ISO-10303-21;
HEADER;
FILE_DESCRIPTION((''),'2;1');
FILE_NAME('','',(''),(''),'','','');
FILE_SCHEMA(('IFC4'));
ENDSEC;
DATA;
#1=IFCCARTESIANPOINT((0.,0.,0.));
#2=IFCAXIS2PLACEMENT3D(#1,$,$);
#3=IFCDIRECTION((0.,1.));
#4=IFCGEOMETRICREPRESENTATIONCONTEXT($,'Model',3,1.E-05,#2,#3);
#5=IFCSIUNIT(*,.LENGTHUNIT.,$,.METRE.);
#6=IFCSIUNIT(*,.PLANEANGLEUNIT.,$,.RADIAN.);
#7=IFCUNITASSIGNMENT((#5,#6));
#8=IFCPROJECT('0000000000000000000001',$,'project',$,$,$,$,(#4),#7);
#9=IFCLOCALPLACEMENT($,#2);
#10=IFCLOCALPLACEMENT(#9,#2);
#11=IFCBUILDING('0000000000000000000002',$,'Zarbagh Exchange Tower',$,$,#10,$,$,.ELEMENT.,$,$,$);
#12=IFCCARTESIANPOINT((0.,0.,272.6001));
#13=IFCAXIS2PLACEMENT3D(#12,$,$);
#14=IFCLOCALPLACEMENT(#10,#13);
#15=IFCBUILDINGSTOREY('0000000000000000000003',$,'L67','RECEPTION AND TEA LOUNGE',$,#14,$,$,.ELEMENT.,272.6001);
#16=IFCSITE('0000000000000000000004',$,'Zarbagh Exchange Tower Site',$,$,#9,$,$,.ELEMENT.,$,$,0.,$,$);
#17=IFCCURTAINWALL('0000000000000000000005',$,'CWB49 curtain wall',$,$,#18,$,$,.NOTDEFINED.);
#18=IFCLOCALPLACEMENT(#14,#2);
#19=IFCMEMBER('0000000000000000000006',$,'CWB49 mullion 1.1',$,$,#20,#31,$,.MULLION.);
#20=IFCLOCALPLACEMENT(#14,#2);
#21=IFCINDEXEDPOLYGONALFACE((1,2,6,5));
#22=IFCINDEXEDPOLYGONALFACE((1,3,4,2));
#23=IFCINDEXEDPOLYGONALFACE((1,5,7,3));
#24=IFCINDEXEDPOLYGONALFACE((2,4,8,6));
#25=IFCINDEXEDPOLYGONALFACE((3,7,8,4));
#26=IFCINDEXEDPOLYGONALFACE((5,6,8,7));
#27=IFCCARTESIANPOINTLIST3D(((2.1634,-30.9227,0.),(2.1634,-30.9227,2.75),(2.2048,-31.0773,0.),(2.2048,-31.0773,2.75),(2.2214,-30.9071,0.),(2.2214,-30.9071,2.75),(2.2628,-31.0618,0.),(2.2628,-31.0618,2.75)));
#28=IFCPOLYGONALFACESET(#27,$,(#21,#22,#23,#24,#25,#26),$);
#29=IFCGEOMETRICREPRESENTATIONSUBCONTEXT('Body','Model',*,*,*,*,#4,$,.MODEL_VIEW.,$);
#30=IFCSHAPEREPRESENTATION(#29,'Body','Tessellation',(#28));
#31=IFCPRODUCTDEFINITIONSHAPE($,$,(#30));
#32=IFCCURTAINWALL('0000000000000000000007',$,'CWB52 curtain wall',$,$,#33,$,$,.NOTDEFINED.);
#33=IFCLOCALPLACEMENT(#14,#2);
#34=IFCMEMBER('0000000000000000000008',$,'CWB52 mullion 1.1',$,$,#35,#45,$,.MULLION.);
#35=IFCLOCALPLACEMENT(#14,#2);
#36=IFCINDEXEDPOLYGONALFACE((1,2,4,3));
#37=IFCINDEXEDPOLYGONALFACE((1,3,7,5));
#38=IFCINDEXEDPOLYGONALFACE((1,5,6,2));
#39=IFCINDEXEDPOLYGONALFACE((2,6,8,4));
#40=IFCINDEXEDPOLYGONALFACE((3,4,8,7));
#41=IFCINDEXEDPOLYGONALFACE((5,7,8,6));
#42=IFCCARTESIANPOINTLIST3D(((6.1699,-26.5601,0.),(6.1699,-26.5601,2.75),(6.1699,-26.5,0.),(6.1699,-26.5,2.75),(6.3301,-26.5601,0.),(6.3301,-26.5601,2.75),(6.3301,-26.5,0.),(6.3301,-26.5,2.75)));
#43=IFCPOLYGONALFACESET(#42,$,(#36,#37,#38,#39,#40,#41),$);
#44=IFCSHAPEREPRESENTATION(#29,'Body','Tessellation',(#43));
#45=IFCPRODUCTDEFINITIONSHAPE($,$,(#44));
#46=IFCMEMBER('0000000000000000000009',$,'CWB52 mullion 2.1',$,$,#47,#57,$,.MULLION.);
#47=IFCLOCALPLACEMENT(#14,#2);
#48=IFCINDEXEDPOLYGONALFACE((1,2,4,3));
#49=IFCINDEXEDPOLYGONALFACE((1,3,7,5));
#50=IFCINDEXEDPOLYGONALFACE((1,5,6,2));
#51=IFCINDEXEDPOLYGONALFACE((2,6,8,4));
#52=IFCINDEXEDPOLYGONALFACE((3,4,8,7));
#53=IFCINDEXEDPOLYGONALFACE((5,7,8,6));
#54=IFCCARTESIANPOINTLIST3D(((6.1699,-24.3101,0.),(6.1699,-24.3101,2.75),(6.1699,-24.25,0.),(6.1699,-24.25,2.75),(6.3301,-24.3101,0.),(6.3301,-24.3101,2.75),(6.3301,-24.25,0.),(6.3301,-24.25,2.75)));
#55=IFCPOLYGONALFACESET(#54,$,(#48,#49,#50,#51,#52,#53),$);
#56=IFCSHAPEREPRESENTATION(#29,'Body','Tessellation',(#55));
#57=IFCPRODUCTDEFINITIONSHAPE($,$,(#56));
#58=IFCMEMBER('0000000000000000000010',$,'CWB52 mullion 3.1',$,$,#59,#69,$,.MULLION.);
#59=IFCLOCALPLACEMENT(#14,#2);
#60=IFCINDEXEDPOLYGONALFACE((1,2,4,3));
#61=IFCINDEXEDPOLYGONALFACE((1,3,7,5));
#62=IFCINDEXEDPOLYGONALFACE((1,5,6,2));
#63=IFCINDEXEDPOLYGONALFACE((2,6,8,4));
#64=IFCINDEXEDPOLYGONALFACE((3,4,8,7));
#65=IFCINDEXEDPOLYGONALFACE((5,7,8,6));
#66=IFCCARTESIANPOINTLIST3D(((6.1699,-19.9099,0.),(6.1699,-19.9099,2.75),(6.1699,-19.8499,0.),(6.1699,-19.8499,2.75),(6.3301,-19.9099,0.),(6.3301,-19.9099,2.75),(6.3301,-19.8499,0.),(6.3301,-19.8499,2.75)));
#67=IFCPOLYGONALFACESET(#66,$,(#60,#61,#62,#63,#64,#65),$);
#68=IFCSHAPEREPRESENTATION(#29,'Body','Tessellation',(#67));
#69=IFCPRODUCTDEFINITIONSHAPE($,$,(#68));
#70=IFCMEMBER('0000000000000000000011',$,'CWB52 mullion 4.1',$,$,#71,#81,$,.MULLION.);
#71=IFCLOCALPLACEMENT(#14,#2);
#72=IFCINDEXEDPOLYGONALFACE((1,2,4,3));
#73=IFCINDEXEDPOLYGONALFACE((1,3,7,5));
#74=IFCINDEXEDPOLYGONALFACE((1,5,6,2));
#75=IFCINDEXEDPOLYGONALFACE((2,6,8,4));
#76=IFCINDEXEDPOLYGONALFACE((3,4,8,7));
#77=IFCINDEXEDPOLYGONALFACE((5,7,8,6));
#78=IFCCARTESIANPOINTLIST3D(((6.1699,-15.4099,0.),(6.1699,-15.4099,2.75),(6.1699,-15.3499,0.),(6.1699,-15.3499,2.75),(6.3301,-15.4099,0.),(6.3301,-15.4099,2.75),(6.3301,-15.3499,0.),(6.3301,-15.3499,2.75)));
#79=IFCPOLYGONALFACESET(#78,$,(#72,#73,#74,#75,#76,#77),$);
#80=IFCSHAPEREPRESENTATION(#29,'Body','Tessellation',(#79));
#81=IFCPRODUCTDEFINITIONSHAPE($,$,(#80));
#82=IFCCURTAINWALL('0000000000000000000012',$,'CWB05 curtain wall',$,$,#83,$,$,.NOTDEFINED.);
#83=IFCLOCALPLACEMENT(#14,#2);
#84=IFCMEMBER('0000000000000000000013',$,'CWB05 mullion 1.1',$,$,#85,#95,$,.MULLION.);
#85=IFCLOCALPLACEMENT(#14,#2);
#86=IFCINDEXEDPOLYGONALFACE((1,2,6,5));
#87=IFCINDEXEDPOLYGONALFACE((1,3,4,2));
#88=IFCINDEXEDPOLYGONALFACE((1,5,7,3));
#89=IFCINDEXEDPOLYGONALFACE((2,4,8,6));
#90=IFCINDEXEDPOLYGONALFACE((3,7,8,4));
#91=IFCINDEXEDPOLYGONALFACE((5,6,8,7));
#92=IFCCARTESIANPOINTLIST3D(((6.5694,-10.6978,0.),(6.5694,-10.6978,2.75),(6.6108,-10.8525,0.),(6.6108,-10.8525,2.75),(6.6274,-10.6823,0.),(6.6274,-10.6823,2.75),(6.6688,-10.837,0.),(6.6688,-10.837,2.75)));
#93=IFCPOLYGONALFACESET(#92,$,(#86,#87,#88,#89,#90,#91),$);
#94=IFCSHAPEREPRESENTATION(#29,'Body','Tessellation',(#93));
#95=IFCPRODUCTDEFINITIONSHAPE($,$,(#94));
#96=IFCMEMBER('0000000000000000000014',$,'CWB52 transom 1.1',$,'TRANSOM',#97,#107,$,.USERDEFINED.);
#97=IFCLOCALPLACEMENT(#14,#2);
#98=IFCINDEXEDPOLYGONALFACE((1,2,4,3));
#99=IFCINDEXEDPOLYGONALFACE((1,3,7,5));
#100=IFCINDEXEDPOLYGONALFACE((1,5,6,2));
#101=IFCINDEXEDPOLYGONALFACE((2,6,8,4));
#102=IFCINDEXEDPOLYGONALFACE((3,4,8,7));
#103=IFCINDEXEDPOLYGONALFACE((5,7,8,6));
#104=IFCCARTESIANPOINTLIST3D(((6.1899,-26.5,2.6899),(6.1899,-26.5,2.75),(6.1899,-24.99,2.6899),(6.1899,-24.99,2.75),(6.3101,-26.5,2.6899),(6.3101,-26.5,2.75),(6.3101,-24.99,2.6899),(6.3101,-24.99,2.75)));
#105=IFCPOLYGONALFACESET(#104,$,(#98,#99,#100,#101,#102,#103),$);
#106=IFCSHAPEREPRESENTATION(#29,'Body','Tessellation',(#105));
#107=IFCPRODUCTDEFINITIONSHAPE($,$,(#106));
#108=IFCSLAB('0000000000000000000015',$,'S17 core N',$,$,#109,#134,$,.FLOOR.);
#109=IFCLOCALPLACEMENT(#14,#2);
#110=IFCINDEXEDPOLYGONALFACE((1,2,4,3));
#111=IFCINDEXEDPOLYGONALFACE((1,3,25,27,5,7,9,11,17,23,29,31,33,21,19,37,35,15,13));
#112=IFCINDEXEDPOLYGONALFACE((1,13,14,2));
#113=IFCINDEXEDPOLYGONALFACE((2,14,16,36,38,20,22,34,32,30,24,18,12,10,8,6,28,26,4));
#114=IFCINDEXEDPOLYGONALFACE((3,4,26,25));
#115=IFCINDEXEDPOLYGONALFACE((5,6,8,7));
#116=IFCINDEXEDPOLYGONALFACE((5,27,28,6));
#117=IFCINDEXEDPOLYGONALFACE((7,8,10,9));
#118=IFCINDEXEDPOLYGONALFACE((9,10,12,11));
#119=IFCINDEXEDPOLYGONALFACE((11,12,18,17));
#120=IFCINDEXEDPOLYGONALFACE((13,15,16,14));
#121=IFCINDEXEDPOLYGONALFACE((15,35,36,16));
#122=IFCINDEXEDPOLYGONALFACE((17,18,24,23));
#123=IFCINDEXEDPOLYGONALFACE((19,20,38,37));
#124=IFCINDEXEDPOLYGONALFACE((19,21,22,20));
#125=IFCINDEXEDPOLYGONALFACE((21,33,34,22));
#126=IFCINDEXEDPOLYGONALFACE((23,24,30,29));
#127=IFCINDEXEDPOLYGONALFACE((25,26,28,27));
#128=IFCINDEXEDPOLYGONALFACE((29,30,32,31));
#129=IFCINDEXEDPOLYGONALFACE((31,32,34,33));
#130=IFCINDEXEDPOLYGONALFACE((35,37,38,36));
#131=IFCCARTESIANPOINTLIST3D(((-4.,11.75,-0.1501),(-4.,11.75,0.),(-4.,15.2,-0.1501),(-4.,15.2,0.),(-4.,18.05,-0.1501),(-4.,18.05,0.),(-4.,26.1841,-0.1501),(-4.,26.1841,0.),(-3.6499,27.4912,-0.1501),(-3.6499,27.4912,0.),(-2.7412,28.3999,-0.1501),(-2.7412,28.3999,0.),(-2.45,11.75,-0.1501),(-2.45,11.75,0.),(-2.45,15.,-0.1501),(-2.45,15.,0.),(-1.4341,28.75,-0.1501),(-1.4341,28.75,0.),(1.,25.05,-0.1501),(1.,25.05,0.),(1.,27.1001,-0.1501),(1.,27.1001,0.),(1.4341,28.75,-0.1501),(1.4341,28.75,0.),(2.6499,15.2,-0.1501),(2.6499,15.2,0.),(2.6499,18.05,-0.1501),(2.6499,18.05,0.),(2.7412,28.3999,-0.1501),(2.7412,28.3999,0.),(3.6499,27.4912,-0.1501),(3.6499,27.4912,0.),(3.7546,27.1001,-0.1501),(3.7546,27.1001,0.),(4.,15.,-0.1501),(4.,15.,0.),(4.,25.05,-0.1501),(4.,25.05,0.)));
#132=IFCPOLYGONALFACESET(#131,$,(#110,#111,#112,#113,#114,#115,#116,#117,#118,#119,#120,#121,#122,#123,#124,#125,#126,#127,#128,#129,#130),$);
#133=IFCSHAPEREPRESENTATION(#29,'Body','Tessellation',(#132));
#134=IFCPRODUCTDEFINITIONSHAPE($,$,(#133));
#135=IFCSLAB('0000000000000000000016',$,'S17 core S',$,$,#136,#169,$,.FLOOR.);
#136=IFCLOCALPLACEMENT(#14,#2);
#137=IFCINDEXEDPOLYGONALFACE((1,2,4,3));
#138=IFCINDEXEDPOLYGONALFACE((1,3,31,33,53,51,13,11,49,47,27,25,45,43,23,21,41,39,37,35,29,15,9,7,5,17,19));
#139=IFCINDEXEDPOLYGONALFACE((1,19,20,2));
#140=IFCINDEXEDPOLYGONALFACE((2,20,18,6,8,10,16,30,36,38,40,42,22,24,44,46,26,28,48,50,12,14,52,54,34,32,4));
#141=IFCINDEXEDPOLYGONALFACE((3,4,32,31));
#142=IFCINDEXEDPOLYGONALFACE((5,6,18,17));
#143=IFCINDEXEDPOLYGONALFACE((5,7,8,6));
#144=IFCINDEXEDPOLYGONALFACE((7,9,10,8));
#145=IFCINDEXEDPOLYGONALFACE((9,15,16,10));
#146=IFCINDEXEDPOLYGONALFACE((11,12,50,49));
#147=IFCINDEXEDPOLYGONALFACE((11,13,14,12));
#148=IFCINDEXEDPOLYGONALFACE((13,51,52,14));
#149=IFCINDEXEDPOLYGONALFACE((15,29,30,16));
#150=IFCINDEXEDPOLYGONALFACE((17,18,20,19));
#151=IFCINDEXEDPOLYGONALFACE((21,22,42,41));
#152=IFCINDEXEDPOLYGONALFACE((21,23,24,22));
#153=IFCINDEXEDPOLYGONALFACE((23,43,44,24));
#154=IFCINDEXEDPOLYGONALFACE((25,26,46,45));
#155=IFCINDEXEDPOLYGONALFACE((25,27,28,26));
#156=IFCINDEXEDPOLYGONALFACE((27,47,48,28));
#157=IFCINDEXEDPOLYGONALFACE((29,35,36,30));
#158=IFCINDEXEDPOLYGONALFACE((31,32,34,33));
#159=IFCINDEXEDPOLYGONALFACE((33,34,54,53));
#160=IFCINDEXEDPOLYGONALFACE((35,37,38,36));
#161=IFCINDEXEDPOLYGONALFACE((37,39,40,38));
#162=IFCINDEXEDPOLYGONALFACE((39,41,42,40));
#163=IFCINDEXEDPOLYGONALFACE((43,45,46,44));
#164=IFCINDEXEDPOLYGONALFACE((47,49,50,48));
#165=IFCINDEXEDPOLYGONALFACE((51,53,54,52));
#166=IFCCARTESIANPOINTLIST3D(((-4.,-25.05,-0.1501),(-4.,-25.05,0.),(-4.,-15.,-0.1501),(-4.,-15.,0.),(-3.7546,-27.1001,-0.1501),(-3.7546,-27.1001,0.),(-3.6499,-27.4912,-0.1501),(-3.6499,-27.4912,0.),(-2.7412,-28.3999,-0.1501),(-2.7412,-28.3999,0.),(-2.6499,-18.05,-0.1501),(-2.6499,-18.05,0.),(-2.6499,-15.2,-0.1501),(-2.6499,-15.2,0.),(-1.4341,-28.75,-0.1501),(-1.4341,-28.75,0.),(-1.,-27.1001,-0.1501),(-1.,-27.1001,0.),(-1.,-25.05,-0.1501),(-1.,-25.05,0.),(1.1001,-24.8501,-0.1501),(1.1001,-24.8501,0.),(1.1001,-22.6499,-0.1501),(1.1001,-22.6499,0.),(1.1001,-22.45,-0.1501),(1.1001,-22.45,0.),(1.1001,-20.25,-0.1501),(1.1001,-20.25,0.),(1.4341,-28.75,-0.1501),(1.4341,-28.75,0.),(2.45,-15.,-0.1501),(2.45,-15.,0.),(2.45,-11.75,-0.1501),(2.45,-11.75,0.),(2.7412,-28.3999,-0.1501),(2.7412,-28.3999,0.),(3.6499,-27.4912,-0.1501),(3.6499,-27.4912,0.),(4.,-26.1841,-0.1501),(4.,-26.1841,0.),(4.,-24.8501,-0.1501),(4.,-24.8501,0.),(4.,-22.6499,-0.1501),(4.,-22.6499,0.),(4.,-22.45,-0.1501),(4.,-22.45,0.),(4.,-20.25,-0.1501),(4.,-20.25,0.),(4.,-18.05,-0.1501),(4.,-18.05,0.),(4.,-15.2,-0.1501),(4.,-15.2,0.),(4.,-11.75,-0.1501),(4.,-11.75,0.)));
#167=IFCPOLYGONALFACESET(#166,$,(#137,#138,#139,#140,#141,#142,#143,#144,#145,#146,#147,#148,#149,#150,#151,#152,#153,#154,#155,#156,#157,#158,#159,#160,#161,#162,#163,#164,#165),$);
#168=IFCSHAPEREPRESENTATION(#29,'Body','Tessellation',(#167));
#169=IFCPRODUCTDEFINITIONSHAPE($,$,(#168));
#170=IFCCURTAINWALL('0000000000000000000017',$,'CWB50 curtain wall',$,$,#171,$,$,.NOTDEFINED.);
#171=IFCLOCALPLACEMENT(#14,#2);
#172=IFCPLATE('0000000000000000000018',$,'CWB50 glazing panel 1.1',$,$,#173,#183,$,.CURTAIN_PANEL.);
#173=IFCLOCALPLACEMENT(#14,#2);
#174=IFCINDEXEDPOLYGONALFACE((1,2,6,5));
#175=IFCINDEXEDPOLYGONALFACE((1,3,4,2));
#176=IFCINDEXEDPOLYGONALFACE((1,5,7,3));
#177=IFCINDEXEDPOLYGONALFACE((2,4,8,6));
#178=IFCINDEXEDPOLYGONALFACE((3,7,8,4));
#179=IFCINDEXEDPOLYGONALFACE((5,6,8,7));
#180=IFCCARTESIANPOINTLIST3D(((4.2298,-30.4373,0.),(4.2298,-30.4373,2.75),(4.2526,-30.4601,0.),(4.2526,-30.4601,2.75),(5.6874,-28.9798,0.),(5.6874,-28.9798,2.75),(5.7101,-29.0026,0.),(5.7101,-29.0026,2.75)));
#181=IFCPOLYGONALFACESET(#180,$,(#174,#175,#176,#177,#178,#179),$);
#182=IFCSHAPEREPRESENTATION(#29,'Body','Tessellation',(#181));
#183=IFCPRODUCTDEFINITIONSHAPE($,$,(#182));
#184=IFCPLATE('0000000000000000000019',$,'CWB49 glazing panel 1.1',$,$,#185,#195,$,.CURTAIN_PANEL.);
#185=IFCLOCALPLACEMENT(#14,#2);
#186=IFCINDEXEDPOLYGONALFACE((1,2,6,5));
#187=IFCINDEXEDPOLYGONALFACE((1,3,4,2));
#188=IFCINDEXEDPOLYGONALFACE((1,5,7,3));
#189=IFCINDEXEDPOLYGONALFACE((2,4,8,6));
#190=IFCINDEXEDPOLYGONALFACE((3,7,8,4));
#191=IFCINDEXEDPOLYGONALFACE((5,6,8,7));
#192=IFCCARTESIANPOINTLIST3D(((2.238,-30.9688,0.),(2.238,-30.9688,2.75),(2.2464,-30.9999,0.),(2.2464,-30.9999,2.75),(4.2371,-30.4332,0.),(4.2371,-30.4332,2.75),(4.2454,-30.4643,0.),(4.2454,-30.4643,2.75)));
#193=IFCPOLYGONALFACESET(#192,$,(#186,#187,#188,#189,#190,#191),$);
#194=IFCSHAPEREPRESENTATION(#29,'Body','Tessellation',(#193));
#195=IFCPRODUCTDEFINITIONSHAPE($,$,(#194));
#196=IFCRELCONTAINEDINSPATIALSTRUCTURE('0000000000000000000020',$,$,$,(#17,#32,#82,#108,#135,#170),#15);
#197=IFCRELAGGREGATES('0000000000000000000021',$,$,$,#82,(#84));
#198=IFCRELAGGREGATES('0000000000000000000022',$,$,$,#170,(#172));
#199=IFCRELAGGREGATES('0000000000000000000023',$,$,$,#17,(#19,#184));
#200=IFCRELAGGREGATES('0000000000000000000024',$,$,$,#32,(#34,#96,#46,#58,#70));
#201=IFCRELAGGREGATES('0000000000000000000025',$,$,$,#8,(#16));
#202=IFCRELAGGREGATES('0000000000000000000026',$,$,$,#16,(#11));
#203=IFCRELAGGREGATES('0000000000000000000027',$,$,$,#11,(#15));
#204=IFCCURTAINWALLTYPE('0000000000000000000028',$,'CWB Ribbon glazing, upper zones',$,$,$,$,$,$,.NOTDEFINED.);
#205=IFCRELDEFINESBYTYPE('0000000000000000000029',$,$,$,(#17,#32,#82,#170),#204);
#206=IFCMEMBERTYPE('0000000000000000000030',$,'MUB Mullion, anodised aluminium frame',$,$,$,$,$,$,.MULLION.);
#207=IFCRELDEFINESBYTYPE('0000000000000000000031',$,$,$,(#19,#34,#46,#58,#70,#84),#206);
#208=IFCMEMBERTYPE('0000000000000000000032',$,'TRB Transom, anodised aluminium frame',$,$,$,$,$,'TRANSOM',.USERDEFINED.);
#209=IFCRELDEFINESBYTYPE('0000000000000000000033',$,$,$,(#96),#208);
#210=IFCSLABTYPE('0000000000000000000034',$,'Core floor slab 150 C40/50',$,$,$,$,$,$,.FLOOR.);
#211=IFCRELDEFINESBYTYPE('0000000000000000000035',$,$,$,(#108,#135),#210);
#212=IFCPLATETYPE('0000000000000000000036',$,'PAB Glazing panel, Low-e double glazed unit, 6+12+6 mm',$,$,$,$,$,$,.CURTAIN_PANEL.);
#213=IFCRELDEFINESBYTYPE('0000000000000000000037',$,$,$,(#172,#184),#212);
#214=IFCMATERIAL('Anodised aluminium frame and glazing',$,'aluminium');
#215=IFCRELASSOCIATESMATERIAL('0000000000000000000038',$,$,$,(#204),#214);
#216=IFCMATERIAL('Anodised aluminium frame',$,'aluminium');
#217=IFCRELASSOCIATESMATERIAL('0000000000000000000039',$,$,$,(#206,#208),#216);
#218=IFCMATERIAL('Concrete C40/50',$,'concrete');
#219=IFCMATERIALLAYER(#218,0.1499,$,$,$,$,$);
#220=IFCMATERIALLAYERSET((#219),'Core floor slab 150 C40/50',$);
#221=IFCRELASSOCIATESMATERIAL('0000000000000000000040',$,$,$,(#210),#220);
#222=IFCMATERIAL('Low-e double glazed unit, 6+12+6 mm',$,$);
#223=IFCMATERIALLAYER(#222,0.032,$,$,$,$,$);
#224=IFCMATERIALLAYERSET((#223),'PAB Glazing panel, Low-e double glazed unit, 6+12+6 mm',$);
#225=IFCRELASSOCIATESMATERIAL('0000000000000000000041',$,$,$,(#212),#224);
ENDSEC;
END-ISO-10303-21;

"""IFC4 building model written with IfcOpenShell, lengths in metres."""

from ifc_helpers import new_model, si_unit, direction, frame, origin, place, context, subcontext, project, spatial, polyline, outline, extrude, source, transform, mapped, material, layer, layer_set, type_object, element, aggregate, save


model = new_model("IFC4")

# Units and contexts
model_context = context("Model", 3, precision=1e-05, world=origin(), true_north=direction((0.0, 1.0)))
body_context = subcontext(model_context, "Body", "Model", "MODEL_VIEW")
ifc_project = project(units=[si_unit("LENGTHUNIT", "METRE"), si_unit("PLANEANGLEUNIT", "RADIAN")], contexts=[model_context])

# Site, building, storey
site_placement = place(None, origin())
site = spatial("IfcSite", under=ifc_project, at=site_placement, Name="Zarbagh Exchange Tower Site", CompositionType="ELEMENT", RefElevation=0.0)
building_placement = place(site_placement, origin())
building = spatial("IfcBuilding", under=site, at=building_placement, Name="Zarbagh Exchange Tower", CompositionType="ELEMENT")
storey_placement = place(building_placement, frame((0.0, 0.0, 272.6001)))
storey = spatial("IfcBuildingStorey", under=building, at=storey_placement, Name="L67", Description="RECEPTION AND TEA LOUNGE", CompositionType="ELEMENT", Elevation=272.6001)

# Curtain wall, member
ifc_material_1 = material(Name="Anodised aluminium frame and glazing", Category="aluminium")
curtain_wall_type = type_object("IfcCurtainWallType", Name="CWB Ribbon glazing, upper zones", PredefinedType="NOTDEFINED", material=ifc_material_1)
curtain_wall_1_placement = place(storey_placement, origin())
curtain_wall_1 = element("IfcCurtainWall", 1, at=curtain_wall_1_placement, inside=storey, type_object=curtain_wall_type, Name="CWB49 curtain wall", PredefinedType="NOTDEFINED")
ifc_material_2 = material(Name="Anodised aluminium frame", Category="aluminium")
member_type_1 = type_object("IfcMemberType", Name="MUB Mullion, anodised aluminium frame", PredefinedType="MULLION", material=ifc_material_2)
shared_shape_1 = source(origin(), body_context, "Body", "SweptSolid", [
    extrude(outline(polyline([(0.0, -0.0801), (0.0601, -0.0801), (0.0601, 0.0801), (0.0, 0.0801), (0.0, -0.0801)])), origin(), (0.0, 0.0, 1.0), 2.75),
])
placement = place(storey_placement, origin())
member_1 = element("IfcMember", 2, at=placement, type_object=member_type_1, Name="CWB49 mullion 1.1", PredefinedType="MULLION", context=body_context, shape_type="MappedRepresentation", body=[
    mapped(shared_shape_1, transform((2.1841, -31.0, 0.0), x_axis=(0.965924, 0.258825, 0.0), y_axis=(-0.258825, 0.965924, 0.0), z_axis=(0.0, 0.0, 1.0))),
])

# Curtain wall, members
curtain_wall_2_placement = place(storey_placement, origin())
curtain_wall_2 = element("IfcCurtainWall", 3, at=curtain_wall_2_placement, inside=storey, type_object=curtain_wall_type, Name="CWB52 curtain wall", PredefinedType="NOTDEFINED")
member_2 = element("IfcMember", 4, at=placement, type_object=member_type_1, Name="CWB52 mullion 1.1", PredefinedType="MULLION", context=body_context, shape_type="MappedRepresentation", body=[
    mapped(shared_shape_1, transform((6.25, -26.5601, 0.0), x_axis=(0.0, 1.0, 0.0), y_axis=(-1.0, 0.0, 0.0), z_axis=(0.0, 0.0, 1.0))),
])
member_3 = element("IfcMember", 5, at=placement, type_object=member_type_1, Name="CWB52 mullion 2.1", PredefinedType="MULLION", context=body_context, shape_type="MappedRepresentation", body=[
    mapped(shared_shape_1, transform((6.25, -24.3101, 0.0), x_axis=(0.0, 1.0, 0.0), y_axis=(-1.0, 0.0, 0.0), z_axis=(0.0, 0.0, 1.0))),
])
member_4 = element("IfcMember", 6, at=placement, type_object=member_type_1, Name="CWB52 mullion 3.1", PredefinedType="MULLION", context=body_context, shape_type="MappedRepresentation", body=[
    mapped(shared_shape_1, transform((6.25, -19.9099, 0.0), x_axis=(0.0, 1.0, 0.0), y_axis=(-1.0, 0.0, 0.0), z_axis=(0.0, 0.0, 1.0))),
])
member_5 = element("IfcMember", 7, at=placement, type_object=member_type_1, Name="CWB52 mullion 4.1", PredefinedType="MULLION", context=body_context, shape_type="MappedRepresentation", body=[
    mapped(shared_shape_1, transform((6.25, -15.4099, 0.0), x_axis=(0.0, 1.0, 0.0), y_axis=(-1.0, 0.0, 0.0), z_axis=(0.0, 0.0, 1.0))),
])

# Curtain wall, member
curtain_wall_3_placement = place(storey_placement, origin())
curtain_wall_3 = element("IfcCurtainWall", 8, at=curtain_wall_3_placement, inside=storey, type_object=curtain_wall_type, Name="CWB05 curtain wall", PredefinedType="NOTDEFINED")
member_6 = element("IfcMember", 9, at=placement, type_object=member_type_1, Name="CWB05 mullion 1.1", PredefinedType="MULLION", context=body_context, shape_type="MappedRepresentation", body=[
    mapped(shared_shape_1, transform((6.5901, -10.7751, 0.0), x_axis=(0.965924, 0.258825, 0.0), y_axis=(-0.258825, 0.965924, 0.0), z_axis=(0.0, 0.0, 1.0))),
])
aggregate(curtain_wall_3, [member_6])

# Member
member_type_2 = type_object("IfcMemberType", Name="TRB Transom, anodised aluminium frame", ElementType="TRANSOM", PredefinedType="USERDEFINED", material=ifc_material_2)
shared_shape_2 = source(origin(), body_context, "Body", "SweptSolid", [
    extrude(outline(polyline([(-0.0601, -0.0601), (0.0, -0.0601), (0.0, 0.0601), (-0.0601, 0.0601), (-0.0601, -0.0601)])), origin(), (0.0, 0.0, 1.0), 1.51),
])
member_7 = element("IfcMember", 10, at=placement, type_object=member_type_2, Name="CWB52 transom 1.1", ObjectType="TRANSOM", PredefinedType="USERDEFINED", context=body_context, shape_type="MappedRepresentation", body=[
    mapped(shared_shape_2, transform((6.25, -26.5, 2.75), x_axis=(0.0, 0.0, 1.0), y_axis=(1.0, 0.0, 0.0), z_axis=(0.0, 1.0, 0.0))),
])

# Slabs
ifc_material_3 = material(Name="Concrete C40/50", Category="concrete")
ifc_layer_1 = layer(ifc_material_3, 0.1499)
ifc_layer_set_1 = layer_set([ifc_layer_1], Name="Core floor slab 150 C40/50")
slab_type = type_object("IfcSlabType", Name="Core floor slab 150 C40/50", PredefinedType="FLOOR", material=ifc_layer_set_1)
slab_1_placement = place(storey_placement, frame((0.0, 0.0, -0.1501)))
element("IfcSlab", 11, at=slab_1_placement, inside=storey, type_object=slab_type, Name="S17 core N", PredefinedType="FLOOR", context=body_context, shape_type="SweptSolid", body=[
    extrude(outline(polyline([(-4.0, 11.75), (-4.0, 15.2), (2.6499, 15.2), (2.6499, 18.05), (-4.0, 18.05), (-4.0, 26.1841), (-3.6499, 27.4912), (-2.7412, 28.3999), (-1.4341, 28.75), (1.4341, 28.75), (2.7412, 28.3999), (3.6499, 27.4912), (3.8577, 26.7151), (3.7546, 27.1001), (1.0, 27.1001), (1.0, 25.05), (4.0, 25.05), (4.0, 15.0), (-2.45, 15.0), (-2.45, 11.75), (-4.0, 11.75)])), origin(), (0.0, 0.0, 1.0), 0.1501),
])
slab_2_placement = place(storey_placement, frame((0.0, 0.0, -0.1501)))
element("IfcSlab", 12, at=slab_2_placement, inside=storey, type_object=slab_type, Name="S17 core S", PredefinedType="FLOOR", context=body_context, shape_type="SweptSolid", body=[
    extrude(outline(polyline([(-2.7412, -28.3999), (-3.6499, -27.4912), (-3.8577, -26.7151), (-3.7546, -27.1001), (-1.0, -27.1001), (-1.0, -25.05), (-4.0, -25.05), (-4.0, -15.0), (2.45, -15.0), (2.45, -11.75), (4.0, -11.75), (4.0, -15.2), (-2.6499, -15.2), (-2.6499, -18.05), (4.0, -18.05), (4.0, -20.25), (1.1001, -20.25), (1.1001, -22.45), (4.0, -22.45), (4.0, -22.6499), (1.1001, -22.6499), (1.1001, -24.8501), (4.0, -24.8501), (4.0, -26.1841), (3.6499, -27.4912), (2.7412, -28.3999), (1.4341, -28.75), (-1.4341, -28.75), (-2.7412, -28.3999)])), origin(), (0.0, 0.0, 1.0), 0.1501),
])

# Curtain wall, plate
curtain_wall_4_placement = place(storey_placement, origin())
curtain_wall_4 = element("IfcCurtainWall", 13, at=curtain_wall_4_placement, inside=storey, type_object=curtain_wall_type, Name="CWB50 curtain wall", PredefinedType="NOTDEFINED")
ifc_material_4 = material(Name="Low-e double glazed unit, 6+12+6 mm")
ifc_layer_2 = layer(ifc_material_4, 0.032)
ifc_layer_set_2 = layer_set([ifc_layer_2], Name="PAB Glazing panel, Low-e double glazed unit, 6+12+6 mm")
plate_type = type_object("IfcPlateType", Name="PAB Glazing panel, Low-e double glazed unit, 6+12+6 mm", PredefinedType="CURTAIN_PANEL", material=ifc_layer_set_2)
shared_shape_3 = source(origin(), body_context, "Body", "SweptSolid", [
    extrude(outline(polyline([(0.0, -0.0161), (2.0613, -0.0161), (2.0613, 0.0161), (0.0, 0.0161), (0.0, -0.0161)])), origin(), (0.0, 0.0, 1.0), 2.75),
])
plate_1 = element("IfcPlate", 14, at=placement, type_object=plate_type, Name="CWB50 glazing panel 1.1", PredefinedType="CURTAIN_PANEL", context=body_context, shape_type="MappedRepresentation", body=[
    mapped(shared_shape_3, transform((4.2412, -30.4487, 0.0), x_axis=(0.707107, 0.707107, 0.0), y_axis=(-0.707107, 0.707107, 0.0), z_axis=(0.0, 0.0, 1.0))),
])
aggregate(curtain_wall_4, [plate_1])

# Plate
shared_shape_4 = source(origin(), body_context, "Body", "SweptSolid", [
    extrude(outline(polyline([(0.0, -0.0161), (2.0696, -0.0161), (2.0696, 0.0161), (0.0, 0.0161), (0.0, -0.0161)])), origin(), (0.0, 0.0, 1.0), 2.75),
])
plate_2 = element("IfcPlate", 15, at=placement, type_object=plate_type, Name="CWB49 glazing panel 1.1", PredefinedType="CURTAIN_PANEL", context=body_context, shape_type="MappedRepresentation", body=[
    mapped(shared_shape_4, transform((2.2422, -30.9844, 0.0), x_axis=(0.965924, 0.258825, 0.0), y_axis=(-0.258825, 0.965924, 0.0), z_axis=(0.0, 0.0, 1.0))),
])
aggregate(curtain_wall_1, [member_1, plate_2])

aggregate(curtain_wall_2, [member_2, member_7, member_3, member_4, member_5])

save(model, "model.ifc")
